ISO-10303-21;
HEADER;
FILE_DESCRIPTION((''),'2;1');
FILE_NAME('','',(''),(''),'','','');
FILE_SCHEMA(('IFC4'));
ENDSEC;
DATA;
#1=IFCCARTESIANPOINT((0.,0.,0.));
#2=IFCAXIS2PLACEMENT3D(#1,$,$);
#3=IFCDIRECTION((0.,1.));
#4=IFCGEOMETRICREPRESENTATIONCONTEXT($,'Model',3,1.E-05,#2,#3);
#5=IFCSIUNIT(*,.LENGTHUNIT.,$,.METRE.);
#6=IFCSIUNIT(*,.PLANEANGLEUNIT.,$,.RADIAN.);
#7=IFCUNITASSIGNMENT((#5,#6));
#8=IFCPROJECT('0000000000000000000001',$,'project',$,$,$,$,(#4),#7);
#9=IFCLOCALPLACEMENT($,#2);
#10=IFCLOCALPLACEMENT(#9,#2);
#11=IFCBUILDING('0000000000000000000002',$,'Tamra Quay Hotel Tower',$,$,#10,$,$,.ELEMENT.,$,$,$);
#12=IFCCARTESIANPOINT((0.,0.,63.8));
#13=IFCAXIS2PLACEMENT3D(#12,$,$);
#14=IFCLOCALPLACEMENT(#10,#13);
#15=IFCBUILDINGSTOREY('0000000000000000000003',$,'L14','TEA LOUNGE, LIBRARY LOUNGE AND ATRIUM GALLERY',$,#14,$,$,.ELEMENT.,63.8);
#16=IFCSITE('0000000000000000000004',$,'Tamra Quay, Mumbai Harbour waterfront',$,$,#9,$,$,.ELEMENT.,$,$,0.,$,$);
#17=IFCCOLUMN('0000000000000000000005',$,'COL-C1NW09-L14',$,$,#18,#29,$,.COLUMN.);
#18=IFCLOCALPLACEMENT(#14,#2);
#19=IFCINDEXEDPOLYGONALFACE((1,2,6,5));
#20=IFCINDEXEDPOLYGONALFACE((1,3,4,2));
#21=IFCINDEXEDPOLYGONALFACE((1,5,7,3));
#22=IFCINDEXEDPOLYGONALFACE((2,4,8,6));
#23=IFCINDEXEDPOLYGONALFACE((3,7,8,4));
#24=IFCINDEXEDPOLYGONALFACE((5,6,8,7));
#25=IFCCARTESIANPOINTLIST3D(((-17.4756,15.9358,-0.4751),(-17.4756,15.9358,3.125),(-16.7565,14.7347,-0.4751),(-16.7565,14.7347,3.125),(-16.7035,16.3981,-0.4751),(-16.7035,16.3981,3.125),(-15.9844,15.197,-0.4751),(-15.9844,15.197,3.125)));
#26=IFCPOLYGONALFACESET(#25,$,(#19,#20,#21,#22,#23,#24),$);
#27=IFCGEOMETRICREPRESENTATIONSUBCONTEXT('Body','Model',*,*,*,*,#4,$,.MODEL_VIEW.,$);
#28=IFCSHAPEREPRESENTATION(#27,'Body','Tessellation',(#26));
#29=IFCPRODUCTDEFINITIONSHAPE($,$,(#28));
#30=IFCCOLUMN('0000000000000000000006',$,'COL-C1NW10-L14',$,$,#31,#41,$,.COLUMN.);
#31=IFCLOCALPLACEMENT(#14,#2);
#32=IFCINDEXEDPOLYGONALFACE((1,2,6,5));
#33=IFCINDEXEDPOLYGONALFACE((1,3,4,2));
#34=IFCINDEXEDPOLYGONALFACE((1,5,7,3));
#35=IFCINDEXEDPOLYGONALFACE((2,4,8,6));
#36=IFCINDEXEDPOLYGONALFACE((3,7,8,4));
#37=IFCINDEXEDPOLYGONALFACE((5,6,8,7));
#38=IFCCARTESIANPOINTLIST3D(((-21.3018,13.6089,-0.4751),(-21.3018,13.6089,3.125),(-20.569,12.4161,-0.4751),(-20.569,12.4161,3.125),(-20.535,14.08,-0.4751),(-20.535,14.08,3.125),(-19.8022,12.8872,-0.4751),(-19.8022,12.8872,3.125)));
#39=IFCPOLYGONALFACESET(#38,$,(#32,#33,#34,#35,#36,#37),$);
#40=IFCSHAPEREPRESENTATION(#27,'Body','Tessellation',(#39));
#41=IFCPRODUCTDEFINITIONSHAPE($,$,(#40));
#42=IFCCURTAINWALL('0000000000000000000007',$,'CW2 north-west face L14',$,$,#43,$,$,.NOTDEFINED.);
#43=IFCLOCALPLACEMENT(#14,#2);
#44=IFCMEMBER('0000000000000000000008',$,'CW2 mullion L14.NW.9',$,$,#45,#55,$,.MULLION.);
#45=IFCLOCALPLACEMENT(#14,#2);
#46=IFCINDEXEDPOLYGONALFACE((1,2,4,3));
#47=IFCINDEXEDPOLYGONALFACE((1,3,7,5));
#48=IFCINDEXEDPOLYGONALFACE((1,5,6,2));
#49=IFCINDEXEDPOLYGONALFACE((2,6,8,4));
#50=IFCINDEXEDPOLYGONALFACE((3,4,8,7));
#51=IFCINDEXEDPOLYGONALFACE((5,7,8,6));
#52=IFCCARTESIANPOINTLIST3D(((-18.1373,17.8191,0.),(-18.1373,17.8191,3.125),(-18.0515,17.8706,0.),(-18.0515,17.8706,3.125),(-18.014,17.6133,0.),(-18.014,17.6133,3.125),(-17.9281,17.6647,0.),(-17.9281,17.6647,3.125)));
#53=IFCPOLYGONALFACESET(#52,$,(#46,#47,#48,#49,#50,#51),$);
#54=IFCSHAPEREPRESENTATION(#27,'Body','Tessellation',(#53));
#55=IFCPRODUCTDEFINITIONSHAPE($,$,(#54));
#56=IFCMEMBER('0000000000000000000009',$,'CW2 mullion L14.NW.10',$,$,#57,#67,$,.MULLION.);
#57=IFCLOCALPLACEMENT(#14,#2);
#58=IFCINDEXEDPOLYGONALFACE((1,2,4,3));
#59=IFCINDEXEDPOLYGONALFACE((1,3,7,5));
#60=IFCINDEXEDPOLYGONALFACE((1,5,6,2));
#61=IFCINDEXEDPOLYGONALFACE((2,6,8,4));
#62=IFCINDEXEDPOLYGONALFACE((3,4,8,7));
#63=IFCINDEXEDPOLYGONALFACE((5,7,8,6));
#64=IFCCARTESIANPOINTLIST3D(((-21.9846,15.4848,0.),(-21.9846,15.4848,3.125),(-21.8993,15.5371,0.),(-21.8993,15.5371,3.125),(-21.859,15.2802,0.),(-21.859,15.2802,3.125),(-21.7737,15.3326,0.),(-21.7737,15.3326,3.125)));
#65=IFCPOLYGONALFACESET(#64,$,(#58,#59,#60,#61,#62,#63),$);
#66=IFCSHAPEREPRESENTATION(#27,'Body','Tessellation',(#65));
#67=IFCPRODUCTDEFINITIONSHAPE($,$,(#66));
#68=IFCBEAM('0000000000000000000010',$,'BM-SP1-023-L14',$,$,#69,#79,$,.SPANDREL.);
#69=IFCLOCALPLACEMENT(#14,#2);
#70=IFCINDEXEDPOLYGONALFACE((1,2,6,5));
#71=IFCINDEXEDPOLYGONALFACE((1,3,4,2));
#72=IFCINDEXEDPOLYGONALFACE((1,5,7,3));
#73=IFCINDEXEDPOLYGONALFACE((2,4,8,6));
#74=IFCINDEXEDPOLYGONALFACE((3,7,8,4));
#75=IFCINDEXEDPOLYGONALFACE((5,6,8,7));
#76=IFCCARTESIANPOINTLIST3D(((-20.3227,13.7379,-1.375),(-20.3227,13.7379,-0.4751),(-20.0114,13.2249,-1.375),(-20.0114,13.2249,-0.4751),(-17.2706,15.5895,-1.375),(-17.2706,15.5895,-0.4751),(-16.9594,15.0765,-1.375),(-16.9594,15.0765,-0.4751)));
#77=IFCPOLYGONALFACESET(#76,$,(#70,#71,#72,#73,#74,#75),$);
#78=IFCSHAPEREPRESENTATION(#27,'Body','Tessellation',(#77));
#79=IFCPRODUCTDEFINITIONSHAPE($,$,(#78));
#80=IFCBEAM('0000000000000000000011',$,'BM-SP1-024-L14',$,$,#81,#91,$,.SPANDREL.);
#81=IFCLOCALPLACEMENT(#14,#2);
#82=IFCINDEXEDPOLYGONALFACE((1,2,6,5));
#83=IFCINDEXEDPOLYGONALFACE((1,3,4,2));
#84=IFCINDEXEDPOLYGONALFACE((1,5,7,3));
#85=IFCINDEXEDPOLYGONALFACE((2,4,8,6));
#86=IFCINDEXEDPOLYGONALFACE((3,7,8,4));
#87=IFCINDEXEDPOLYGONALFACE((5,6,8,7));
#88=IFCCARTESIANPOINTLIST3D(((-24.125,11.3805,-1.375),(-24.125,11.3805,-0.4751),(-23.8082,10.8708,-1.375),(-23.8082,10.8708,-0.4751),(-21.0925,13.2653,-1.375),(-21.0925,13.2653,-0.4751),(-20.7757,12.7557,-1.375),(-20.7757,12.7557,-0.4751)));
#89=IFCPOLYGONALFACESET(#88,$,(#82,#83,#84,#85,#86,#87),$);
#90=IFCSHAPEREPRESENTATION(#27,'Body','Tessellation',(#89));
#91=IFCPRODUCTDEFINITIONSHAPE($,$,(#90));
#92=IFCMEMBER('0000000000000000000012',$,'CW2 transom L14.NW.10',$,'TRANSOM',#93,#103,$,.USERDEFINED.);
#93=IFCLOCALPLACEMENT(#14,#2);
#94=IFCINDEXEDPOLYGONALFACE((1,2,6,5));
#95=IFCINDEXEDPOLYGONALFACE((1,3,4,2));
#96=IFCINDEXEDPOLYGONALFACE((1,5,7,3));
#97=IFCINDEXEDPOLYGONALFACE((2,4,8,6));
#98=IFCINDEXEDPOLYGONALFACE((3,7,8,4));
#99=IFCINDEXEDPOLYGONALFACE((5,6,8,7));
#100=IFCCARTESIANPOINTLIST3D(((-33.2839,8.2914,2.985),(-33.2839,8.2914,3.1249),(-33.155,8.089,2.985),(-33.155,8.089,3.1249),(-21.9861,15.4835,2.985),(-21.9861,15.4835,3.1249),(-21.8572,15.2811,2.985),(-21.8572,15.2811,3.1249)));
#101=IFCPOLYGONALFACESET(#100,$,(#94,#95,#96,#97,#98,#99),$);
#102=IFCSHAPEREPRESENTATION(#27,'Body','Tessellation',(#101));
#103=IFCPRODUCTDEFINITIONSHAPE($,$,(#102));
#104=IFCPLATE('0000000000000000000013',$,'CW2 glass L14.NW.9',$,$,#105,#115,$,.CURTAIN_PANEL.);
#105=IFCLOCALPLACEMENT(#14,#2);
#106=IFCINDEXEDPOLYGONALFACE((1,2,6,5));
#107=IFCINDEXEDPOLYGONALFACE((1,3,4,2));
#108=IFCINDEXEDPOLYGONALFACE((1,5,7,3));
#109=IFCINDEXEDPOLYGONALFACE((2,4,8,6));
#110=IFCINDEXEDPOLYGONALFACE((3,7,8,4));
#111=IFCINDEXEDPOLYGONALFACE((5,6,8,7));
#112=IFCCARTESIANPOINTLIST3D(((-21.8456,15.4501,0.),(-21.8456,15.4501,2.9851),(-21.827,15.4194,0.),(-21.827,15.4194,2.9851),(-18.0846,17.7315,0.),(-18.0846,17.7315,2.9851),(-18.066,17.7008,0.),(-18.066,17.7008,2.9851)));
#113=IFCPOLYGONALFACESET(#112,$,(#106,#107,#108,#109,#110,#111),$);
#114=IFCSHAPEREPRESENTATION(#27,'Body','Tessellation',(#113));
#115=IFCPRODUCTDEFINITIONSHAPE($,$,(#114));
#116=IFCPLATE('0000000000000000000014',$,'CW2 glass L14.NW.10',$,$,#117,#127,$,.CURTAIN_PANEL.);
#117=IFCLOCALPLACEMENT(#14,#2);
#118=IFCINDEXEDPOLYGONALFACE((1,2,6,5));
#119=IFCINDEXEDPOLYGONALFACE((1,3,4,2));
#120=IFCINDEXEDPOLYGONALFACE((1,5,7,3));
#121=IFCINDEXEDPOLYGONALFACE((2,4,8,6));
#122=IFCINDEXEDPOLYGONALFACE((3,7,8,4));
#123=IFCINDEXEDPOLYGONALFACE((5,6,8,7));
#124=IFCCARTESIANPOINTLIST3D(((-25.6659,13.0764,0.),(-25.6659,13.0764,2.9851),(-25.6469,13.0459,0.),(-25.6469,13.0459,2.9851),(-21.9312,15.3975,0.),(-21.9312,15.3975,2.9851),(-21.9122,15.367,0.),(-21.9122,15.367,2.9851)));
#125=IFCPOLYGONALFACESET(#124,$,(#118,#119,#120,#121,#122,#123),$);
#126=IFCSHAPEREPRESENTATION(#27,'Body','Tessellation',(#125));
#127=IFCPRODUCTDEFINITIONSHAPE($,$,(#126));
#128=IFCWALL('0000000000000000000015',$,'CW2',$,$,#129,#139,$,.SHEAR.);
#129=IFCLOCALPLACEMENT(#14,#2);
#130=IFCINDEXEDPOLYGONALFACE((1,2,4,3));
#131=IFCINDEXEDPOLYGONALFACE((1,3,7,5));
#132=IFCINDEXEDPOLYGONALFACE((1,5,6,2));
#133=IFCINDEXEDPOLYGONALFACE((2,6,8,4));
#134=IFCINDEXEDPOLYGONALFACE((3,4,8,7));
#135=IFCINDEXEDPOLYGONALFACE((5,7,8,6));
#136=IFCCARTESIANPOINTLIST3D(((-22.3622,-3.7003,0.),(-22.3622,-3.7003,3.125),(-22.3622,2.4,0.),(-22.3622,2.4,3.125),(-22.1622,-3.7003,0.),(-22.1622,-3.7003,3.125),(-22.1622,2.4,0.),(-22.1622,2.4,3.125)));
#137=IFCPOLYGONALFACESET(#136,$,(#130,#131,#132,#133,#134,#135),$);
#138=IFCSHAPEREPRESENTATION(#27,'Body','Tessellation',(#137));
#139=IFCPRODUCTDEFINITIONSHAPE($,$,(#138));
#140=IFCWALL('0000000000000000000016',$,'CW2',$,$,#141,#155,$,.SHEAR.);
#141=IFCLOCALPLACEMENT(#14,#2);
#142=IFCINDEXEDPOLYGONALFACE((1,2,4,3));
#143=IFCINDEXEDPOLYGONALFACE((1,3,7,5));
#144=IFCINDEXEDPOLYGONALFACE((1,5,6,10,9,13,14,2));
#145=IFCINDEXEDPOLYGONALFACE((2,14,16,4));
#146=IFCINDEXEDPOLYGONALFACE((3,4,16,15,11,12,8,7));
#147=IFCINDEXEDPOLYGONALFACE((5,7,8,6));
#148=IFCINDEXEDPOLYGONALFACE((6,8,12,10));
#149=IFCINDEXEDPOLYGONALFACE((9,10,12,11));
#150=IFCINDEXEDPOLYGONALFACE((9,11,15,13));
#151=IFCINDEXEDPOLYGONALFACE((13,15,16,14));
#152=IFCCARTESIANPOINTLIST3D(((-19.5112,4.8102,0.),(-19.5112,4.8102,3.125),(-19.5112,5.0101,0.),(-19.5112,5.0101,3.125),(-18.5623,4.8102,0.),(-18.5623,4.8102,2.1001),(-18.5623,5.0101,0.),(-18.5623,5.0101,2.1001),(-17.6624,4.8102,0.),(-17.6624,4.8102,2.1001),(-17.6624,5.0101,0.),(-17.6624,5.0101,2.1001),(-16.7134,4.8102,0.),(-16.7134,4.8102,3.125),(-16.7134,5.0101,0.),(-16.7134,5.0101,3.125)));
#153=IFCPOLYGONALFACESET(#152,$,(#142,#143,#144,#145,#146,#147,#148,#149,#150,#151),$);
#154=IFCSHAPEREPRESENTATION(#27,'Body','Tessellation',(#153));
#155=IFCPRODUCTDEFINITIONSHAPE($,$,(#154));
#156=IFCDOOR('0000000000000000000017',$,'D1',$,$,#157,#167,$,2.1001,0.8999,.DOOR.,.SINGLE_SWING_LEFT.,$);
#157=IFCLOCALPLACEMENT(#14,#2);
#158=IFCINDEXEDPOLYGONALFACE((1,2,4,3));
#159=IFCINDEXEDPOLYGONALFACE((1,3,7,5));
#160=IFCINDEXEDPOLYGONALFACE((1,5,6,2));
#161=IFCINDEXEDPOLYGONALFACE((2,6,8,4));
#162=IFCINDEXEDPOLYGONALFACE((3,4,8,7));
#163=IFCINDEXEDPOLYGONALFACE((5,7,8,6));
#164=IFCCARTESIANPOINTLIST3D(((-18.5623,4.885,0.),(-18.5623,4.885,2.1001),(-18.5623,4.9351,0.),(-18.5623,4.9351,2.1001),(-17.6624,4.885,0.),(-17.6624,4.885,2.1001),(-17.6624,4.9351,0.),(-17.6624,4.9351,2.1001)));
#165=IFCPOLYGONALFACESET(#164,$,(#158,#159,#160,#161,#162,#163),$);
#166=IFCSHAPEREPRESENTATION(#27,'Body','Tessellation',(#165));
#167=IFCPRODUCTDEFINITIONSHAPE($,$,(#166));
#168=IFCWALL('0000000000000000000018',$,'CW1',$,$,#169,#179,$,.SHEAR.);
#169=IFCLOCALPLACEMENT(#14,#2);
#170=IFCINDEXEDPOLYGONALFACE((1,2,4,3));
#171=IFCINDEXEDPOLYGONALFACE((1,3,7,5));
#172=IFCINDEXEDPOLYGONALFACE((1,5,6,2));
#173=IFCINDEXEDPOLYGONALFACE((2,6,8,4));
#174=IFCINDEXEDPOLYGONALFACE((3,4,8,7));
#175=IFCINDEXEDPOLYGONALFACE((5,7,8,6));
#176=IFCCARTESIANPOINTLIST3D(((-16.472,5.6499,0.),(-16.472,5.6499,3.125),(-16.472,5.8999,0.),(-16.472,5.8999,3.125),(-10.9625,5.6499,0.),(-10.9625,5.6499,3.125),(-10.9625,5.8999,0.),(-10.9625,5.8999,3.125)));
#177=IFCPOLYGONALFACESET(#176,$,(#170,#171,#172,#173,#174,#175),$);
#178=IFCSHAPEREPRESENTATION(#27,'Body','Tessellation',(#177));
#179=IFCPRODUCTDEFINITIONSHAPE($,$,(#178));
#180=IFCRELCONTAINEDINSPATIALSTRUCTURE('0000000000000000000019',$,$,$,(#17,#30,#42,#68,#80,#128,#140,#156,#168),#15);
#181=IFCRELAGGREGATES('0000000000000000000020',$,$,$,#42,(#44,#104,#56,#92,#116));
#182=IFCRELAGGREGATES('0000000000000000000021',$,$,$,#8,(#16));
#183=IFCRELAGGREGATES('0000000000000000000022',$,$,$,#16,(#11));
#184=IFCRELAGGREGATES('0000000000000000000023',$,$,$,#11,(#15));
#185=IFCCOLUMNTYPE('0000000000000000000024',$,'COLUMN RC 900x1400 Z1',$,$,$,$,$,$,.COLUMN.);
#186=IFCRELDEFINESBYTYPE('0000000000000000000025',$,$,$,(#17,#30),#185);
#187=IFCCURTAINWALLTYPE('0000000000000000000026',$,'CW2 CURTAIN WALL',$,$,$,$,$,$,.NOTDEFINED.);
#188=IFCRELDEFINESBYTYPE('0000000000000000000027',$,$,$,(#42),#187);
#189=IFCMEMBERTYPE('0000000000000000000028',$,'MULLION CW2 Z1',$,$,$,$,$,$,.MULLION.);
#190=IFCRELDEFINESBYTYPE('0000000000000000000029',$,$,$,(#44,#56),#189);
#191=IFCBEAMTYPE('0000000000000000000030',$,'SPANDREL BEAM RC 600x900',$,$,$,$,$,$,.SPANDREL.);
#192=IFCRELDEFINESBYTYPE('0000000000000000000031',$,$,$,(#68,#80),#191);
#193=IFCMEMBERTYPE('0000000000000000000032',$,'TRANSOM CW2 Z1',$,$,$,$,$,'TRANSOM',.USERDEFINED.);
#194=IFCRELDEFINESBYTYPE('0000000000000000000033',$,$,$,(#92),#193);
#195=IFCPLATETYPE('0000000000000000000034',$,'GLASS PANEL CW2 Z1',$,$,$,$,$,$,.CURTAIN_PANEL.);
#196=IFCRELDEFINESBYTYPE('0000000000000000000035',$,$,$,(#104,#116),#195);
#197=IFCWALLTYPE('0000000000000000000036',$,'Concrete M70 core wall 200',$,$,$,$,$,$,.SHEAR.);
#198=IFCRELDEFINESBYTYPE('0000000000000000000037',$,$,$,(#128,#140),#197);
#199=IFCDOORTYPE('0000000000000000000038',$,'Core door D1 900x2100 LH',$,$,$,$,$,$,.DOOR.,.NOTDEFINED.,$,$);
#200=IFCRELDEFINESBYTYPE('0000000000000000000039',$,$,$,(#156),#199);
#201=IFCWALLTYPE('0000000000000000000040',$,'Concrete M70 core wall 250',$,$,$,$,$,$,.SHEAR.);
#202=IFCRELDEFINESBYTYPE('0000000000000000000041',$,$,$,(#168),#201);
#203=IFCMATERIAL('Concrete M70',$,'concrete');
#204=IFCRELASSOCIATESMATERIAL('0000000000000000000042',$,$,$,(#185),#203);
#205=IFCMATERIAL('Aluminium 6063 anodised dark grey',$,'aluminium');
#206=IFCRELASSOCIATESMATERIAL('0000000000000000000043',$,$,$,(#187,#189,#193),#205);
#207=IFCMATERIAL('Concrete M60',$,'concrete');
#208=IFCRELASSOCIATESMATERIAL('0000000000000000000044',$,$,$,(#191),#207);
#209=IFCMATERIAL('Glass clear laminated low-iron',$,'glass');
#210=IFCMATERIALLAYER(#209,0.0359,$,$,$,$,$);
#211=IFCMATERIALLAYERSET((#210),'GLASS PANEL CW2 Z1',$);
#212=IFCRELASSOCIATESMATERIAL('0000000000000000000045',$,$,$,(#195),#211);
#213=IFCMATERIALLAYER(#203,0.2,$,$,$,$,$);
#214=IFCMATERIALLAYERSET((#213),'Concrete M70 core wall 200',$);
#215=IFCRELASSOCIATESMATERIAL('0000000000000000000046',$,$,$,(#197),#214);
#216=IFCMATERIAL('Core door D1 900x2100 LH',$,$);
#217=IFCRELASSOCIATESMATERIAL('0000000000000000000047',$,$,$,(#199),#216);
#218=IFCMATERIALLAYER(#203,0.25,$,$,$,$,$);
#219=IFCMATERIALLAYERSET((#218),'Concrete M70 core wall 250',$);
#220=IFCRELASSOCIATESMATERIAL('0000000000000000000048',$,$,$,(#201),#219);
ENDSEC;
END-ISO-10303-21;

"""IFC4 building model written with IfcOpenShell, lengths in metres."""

from ifc_helpers import new_model, si_unit, direction, frame, frame_2d, origin, origin_2d, place, context, subcontext, project, spatial, rectangle, extrude, material, layer, layer_set, material_profile, profile_set, type_object, element, fill, aggregate, save


model = new_model("IFC4")

# Units and contexts
model_context = context("Model", 3, precision=1e-05, world=origin(), true_north=direction((0.0, 1.0)))
body_context = subcontext(model_context, "Body", "Model", "MODEL_VIEW")
ifc_project = project(units=[si_unit("LENGTHUNIT", "METRE"), si_unit("PLANEANGLEUNIT", "RADIAN")], contexts=[model_context])

# Site, building, storey
site_placement = place(None, origin())
site = spatial("IfcSite", under=ifc_project, at=site_placement, Name="Tamra Quay, Mumbai Harbour waterfront", CompositionType="ELEMENT", RefElevation=0.0)
building_placement = place(site_placement, origin())
building = spatial("IfcBuilding", under=site, at=building_placement, Name="Tamra Quay Hotel Tower", CompositionType="ELEMENT")
storey_placement = place(building_placement, frame((0.0, 0.0, 63.8)))
storey = spatial("IfcBuildingStorey", under=building, at=storey_placement, Name="L14", Description="TEA LOUNGE, LIBRARY LOUNGE AND ATRIUM GALLERY", CompositionType="ELEMENT", Elevation=63.8)

# Columns
ifc_material_1 = material(Name="Concrete M70", Category="concrete")
ifc_material_profile_1 = material_profile(ifc_material_1, rectangle(XDim=1.3999, YDim=0.8999, at=origin_2d()), Name="COLUMN RC 900x1400 Z1")
ifc_profile_set_1 = profile_set([ifc_material_profile_1], Name="Concrete M70")
column_type = type_object("IfcColumnType", Name="COLUMN RC 900x1400 Z1", PredefinedType="COLUMN", material=ifc_profile_set_1)
for number, where, z_axis, x_axis, name in (
    (1, (-16.73, 15.5664, -0.4751), (0.0, 0.0, 1.0), (-0.513654, 0.857998, 0.0), "COL-C1NW09-L14"),
    (2, (-20.552, 13.248, -0.4751), (0.0, 0.0, 1.0), (-0.52343, 0.852069, 0.0), "COL-C1NW10-L14"),
):
    element("IfcColumn", number, at=place(storey_placement, frame(where, z_axis=z_axis, x_axis=x_axis)), inside=storey, type_object=column_type, Name=name, PredefinedType="COLUMN", context=body_context, shape_type="SweptSolid", body=[
        extrude(rectangle(XDim=1.3999, YDim=0.8999, at=origin_2d()), origin(), (0.0, 0.0, 1.0), 3.6001),
    ])

# Curtain wall, members
ifc_material_2 = material(Name="Aluminium 6063 anodised dark grey", Category="aluminium")
curtain_wall_type = type_object("IfcCurtainWallType", Name="CW2 CURTAIN WALL", PredefinedType="NOTDEFINED", material=ifc_material_2)
curtain_wall_placement = place(storey_placement, origin())
curtain_wall = element("IfcCurtainWall", 3, at=curtain_wall_placement, inside=storey, type_object=curtain_wall_type, Name="CW2 north-west face L14", PredefinedType="NOTDEFINED")
ifc_material_profile_2 = material_profile(ifc_material_2, rectangle(XDim=0.24, YDim=0.1001, at=origin_2d()), Name="MULLION 100X240")
ifc_profile_set_2 = profile_set([ifc_material_profile_2], Name="Aluminium 6063 anodised dark grey")
member_type_1 = type_object("IfcMemberType", Name="MULLION CW2 Z1", PredefinedType="MULLION", material=ifc_profile_set_2)
member_1_placement = place(storey_placement, frame((-18.0327, 17.7419, 0.0), z_axis=(0.0, 0.0, 1.0), x_axis=(-0.514004, 0.857788, 0.0)))
member_1 = element("IfcMember", 4, at=member_1_placement, type_object=member_type_1, Name="CW2 mullion L14.NW.9", PredefinedType="MULLION", context=body_context, shape_type="SweptSolid", body=[
    extrude(rectangle(XDim=0.24, YDim=0.1001, at=origin_2d()), origin(), (0.0, 0.0, 1.0), 3.125),
])
member_2_placement = place(storey_placement, frame((-21.8792, 15.4087, 0.0), z_axis=(0.0, 0.0, 1.0), x_axis=(-0.523257, 0.852175, 0.0)))
member_2 = element("IfcMember", 5, at=member_2_placement, type_object=member_type_1, Name="CW2 mullion L14.NW.10", PredefinedType="MULLION", context=body_context, shape_type="SweptSolid", body=[
    extrude(rectangle(XDim=0.24, YDim=0.1001, at=origin_2d()), origin(), (0.0, 0.0, 1.0), 3.125),
])

# Beams
ifc_material_3 = material(Name="Concrete M60", Category="concrete")
ifc_material_profile_3 = material_profile(ifc_material_3, rectangle(XDim=0.6001, YDim=0.8999, at=origin_2d()), Name="SPANDREL BEAM RC 600x900")
ifc_profile_set_3 = profile_set([ifc_material_profile_3], Name="Concrete M60")
beam_type = type_object("IfcBeamType", Name="SPANDREL BEAM RC 600x900", PredefinedType="SPANDREL", material=ifc_profile_set_3)
beam_1_placement = place(storey_placement, frame((-17.115, 15.333, -0.925), z_axis=(-0.854966, -0.518684, 0.0), x_axis=(0.518684, -0.854966, 0.0)))
element("IfcBeam", 6, at=beam_1_placement, inside=storey, type_object=beam_type, Name="BM-SP1-023-L14", PredefinedType="SPANDREL", context=body_context, shape_type="SweptSolid", body=[
    extrude(rectangle(XDim=0.6001, YDim=0.8999, at=origin_2d()), origin(), (0.0, 0.0, 1.0), 3.5698),
])
beam_2_placement = place(storey_placement, frame((-20.9341, 13.0105, -0.925), z_axis=(-0.849321, -0.527877, 0.0), x_axis=(0.527877, -0.849321, 0.0)))
element("IfcBeam", 7, at=beam_2_placement, inside=storey, type_object=beam_type, Name="BM-SP1-024-L14", PredefinedType="SPANDREL", context=body_context, shape_type="SweptSolid", body=[
    extrude(rectangle(XDim=0.6001, YDim=0.8999, at=origin_2d()), origin(), (0.0, 0.0, 1.0), 3.5706),
])

# Member
ifc_material_profile_4 = material_profile(ifc_material_2, rectangle(XDim=0.24, YDim=0.1399, at=origin_2d()), Name="TRANSOM 240X140")
ifc_profile_set_4 = profile_set([ifc_material_profile_4], Name="Aluminium 6063 anodised dark grey")
member_type_2 = type_object("IfcMemberType", Name="TRANSOM CW2 Z1", ElementType="TRANSOM", PredefinedType="USERDEFINED", material=ifc_profile_set_4)
member_3_placement = place(storey_placement, frame((-21.9216, 15.3823, 3.0549), z_axis=(-0.843574, -0.537013, 0.0), x_axis=(0.537013, -0.843574, 0.0)))
member_3 = element("IfcMember", 8, at=member_3_placement, type_object=member_type_2, Name="CW2 transom L14.NW.10", ObjectType="TRANSOM", PredefinedType="USERDEFINED", context=body_context, shape_type="SweptSolid", body=[
    extrude(rectangle(XDim=0.24, YDim=0.1399, at=origin_2d()), origin(), (0.0, 0.0, 1.0), 13.3928),
])

# Plates
ifc_material_4 = material(Name="Glass clear laminated low-iron", Category="glass")
ifc_layer_1 = layer(ifc_material_4, 0.0359)
ifc_layer_set_1 = layer_set([ifc_layer_1], Name="GLASS PANEL CW2 Z1")
plate_type = type_object("IfcPlateType", Name="GLASS PANEL CW2 Z1", PredefinedType="CURTAIN_PANEL", material=ifc_layer_set_1)
plate_1_placement = place(storey_placement, frame((-19.9558, 16.5754, 0.0), z_axis=(0.0, 0.0, 1.0), x_axis=(-0.854994, -0.518639, 0.0)))
plate_1 = element("IfcPlate", 9, at=plate_1_placement, type_object=plate_type, Name="CW2 glass L14.NW.9", PredefinedType="CURTAIN_PANEL", context=body_context, shape_type="SweptSolid", body=[
    extrude(rectangle(XDim=4.3989, YDim=0.0359, at=origin_2d()), origin(), (0.0, 0.0, 1.0), 2.9851),
])
plate_2_placement = place(storey_placement, frame((-23.7891, 14.2217, 0.0), z_axis=(0.0, 0.0, 1.0), x_axis=(-0.849331, -0.52786, 0.0)))
plate_2 = element("IfcPlate", 10, at=plate_2_placement, type_object=plate_type, Name="CW2 glass L14.NW.10", PredefinedType="CURTAIN_PANEL", context=body_context, shape_type="SweptSolid", body=[
    extrude(rectangle(XDim=4.3972, YDim=0.0359, at=origin_2d()), origin(), (0.0, 0.0, 1.0), 2.9851),
])
aggregate(curtain_wall, [member_1, plate_1, member_2, member_3, plate_2])

# Wall
ifc_layer_2 = layer(ifc_material_1, 0.2)
ifc_layer_set_2 = layer_set([ifc_layer_2], Name="Concrete M70 core wall 200")
wall_type_1 = type_object("IfcWallType", Name="Concrete M70 core wall 200", PredefinedType="SHEAR", material=ifc_layer_set_2)
wall_1_placement = place(storey_placement, frame((-22.2622, 2.4001, 0.0), z_axis=(0.0, 0.0, 1.0), x_axis=(0.0, -1.0, 0.0)))
element("IfcWall", 11, at=wall_1_placement, inside=storey, type_object=wall_type_1, Name="CW2", PredefinedType="SHEAR", context=body_context, shape_type="SweptSolid", body=[
    extrude(rectangle(XDim=6.1003, YDim=0.2, at=frame_2d((3.0503, 0.0))), origin(), (0.0, 0.0, 1.0), 3.125),
])

# Wall, opening, door
wall_2_placement = place(storey_placement, frame((-19.5112, 4.9102, 0.0), z_axis=(0.0, 0.0, 1.0), x_axis=(1.0, 0.0, 0.0)))
wall_2 = element("IfcWall", 12, at=wall_2_placement, inside=storey, type_object=wall_type_1, Name="CW2", PredefinedType="SHEAR", context=body_context, shape_type="SweptSolid", body=[
    extrude(rectangle(XDim=2.7979, YDim=0.2, at=frame_2d((1.3989, 0.0))), origin(), (0.0, 0.0, 1.0), 3.125),
])
opening_1_placement = place(wall_2_placement, frame((0.949, 0.0, 0.0)))
opening_1 = element("IfcOpeningElement", 13, at=opening_1_placement, cuts=wall_2, PredefinedType="OPENING", context=body_context, shape_type="SweptSolid", body=[
    extrude(rectangle(XDim=0.8999, YDim=2.1001, at=frame_2d((0.45, 1.05))), frame((0.0, 0.1099, 0.0), z_axis=(0.0, -1.0, 0.0), x_axis=(1.0, 0.0, 0.0)), (0.0, 0.0, 1.0), 0.22),
])
ifc_material_5 = material(Name="Core door D1 900x2100 LH")
door_type_1 = type_object("IfcDoorType", Name="Core door D1 900x2100 LH", OperationType="NOTDEFINED", PredefinedType="DOOR", material=ifc_material_5)
door_1_placement = place(opening_1_placement, origin())
door_1 = element("IfcDoor", 14, at=door_1_placement, inside=storey, type_object=door_type_1, Name="D1", OperationType="SINGLE_SWING_LEFT", OverallHeight=2.1001, OverallWidth=0.8999, PredefinedType="DOOR", context=body_context, shape_type="SweptSolid", body=[
    extrude(rectangle(XDim=0.8999, YDim=2.1001, at=frame_2d((0.45, 1.05))), frame((0.0, 0.0249, 0.0), z_axis=(0.0, -1.0, 0.0), x_axis=(1.0, 0.0, 0.0)), (0.0, 0.0, 1.0), 0.05),
])
fill(opening_1, door_1)

# Wall
ifc_layer_3 = layer(ifc_material_1, 0.25)
ifc_layer_set_3 = layer_set([ifc_layer_3], Name="Concrete M70 core wall 250")
wall_type_2 = type_object("IfcWallType", Name="Concrete M70 core wall 250", PredefinedType="SHEAR", material=ifc_layer_set_3)
wall_3_placement = place(storey_placement, frame((-16.4722, 5.7749, 0.0), z_axis=(0.0, 0.0, 1.0), x_axis=(1.0, 0.0, 0.0)))
element("IfcWall", 15, at=wall_3_placement, inside=storey, type_object=wall_type_2, Name="CW1", PredefinedType="SHEAR", context=body_context, shape_type="SweptSolid", body=[
    extrude(rectangle(XDim=5.5095, YDim=0.25, at=frame_2d((2.7549, 0.0))), origin(), (0.0, 0.0, 1.0), 3.125),
])

save(model, "model.ifc")
